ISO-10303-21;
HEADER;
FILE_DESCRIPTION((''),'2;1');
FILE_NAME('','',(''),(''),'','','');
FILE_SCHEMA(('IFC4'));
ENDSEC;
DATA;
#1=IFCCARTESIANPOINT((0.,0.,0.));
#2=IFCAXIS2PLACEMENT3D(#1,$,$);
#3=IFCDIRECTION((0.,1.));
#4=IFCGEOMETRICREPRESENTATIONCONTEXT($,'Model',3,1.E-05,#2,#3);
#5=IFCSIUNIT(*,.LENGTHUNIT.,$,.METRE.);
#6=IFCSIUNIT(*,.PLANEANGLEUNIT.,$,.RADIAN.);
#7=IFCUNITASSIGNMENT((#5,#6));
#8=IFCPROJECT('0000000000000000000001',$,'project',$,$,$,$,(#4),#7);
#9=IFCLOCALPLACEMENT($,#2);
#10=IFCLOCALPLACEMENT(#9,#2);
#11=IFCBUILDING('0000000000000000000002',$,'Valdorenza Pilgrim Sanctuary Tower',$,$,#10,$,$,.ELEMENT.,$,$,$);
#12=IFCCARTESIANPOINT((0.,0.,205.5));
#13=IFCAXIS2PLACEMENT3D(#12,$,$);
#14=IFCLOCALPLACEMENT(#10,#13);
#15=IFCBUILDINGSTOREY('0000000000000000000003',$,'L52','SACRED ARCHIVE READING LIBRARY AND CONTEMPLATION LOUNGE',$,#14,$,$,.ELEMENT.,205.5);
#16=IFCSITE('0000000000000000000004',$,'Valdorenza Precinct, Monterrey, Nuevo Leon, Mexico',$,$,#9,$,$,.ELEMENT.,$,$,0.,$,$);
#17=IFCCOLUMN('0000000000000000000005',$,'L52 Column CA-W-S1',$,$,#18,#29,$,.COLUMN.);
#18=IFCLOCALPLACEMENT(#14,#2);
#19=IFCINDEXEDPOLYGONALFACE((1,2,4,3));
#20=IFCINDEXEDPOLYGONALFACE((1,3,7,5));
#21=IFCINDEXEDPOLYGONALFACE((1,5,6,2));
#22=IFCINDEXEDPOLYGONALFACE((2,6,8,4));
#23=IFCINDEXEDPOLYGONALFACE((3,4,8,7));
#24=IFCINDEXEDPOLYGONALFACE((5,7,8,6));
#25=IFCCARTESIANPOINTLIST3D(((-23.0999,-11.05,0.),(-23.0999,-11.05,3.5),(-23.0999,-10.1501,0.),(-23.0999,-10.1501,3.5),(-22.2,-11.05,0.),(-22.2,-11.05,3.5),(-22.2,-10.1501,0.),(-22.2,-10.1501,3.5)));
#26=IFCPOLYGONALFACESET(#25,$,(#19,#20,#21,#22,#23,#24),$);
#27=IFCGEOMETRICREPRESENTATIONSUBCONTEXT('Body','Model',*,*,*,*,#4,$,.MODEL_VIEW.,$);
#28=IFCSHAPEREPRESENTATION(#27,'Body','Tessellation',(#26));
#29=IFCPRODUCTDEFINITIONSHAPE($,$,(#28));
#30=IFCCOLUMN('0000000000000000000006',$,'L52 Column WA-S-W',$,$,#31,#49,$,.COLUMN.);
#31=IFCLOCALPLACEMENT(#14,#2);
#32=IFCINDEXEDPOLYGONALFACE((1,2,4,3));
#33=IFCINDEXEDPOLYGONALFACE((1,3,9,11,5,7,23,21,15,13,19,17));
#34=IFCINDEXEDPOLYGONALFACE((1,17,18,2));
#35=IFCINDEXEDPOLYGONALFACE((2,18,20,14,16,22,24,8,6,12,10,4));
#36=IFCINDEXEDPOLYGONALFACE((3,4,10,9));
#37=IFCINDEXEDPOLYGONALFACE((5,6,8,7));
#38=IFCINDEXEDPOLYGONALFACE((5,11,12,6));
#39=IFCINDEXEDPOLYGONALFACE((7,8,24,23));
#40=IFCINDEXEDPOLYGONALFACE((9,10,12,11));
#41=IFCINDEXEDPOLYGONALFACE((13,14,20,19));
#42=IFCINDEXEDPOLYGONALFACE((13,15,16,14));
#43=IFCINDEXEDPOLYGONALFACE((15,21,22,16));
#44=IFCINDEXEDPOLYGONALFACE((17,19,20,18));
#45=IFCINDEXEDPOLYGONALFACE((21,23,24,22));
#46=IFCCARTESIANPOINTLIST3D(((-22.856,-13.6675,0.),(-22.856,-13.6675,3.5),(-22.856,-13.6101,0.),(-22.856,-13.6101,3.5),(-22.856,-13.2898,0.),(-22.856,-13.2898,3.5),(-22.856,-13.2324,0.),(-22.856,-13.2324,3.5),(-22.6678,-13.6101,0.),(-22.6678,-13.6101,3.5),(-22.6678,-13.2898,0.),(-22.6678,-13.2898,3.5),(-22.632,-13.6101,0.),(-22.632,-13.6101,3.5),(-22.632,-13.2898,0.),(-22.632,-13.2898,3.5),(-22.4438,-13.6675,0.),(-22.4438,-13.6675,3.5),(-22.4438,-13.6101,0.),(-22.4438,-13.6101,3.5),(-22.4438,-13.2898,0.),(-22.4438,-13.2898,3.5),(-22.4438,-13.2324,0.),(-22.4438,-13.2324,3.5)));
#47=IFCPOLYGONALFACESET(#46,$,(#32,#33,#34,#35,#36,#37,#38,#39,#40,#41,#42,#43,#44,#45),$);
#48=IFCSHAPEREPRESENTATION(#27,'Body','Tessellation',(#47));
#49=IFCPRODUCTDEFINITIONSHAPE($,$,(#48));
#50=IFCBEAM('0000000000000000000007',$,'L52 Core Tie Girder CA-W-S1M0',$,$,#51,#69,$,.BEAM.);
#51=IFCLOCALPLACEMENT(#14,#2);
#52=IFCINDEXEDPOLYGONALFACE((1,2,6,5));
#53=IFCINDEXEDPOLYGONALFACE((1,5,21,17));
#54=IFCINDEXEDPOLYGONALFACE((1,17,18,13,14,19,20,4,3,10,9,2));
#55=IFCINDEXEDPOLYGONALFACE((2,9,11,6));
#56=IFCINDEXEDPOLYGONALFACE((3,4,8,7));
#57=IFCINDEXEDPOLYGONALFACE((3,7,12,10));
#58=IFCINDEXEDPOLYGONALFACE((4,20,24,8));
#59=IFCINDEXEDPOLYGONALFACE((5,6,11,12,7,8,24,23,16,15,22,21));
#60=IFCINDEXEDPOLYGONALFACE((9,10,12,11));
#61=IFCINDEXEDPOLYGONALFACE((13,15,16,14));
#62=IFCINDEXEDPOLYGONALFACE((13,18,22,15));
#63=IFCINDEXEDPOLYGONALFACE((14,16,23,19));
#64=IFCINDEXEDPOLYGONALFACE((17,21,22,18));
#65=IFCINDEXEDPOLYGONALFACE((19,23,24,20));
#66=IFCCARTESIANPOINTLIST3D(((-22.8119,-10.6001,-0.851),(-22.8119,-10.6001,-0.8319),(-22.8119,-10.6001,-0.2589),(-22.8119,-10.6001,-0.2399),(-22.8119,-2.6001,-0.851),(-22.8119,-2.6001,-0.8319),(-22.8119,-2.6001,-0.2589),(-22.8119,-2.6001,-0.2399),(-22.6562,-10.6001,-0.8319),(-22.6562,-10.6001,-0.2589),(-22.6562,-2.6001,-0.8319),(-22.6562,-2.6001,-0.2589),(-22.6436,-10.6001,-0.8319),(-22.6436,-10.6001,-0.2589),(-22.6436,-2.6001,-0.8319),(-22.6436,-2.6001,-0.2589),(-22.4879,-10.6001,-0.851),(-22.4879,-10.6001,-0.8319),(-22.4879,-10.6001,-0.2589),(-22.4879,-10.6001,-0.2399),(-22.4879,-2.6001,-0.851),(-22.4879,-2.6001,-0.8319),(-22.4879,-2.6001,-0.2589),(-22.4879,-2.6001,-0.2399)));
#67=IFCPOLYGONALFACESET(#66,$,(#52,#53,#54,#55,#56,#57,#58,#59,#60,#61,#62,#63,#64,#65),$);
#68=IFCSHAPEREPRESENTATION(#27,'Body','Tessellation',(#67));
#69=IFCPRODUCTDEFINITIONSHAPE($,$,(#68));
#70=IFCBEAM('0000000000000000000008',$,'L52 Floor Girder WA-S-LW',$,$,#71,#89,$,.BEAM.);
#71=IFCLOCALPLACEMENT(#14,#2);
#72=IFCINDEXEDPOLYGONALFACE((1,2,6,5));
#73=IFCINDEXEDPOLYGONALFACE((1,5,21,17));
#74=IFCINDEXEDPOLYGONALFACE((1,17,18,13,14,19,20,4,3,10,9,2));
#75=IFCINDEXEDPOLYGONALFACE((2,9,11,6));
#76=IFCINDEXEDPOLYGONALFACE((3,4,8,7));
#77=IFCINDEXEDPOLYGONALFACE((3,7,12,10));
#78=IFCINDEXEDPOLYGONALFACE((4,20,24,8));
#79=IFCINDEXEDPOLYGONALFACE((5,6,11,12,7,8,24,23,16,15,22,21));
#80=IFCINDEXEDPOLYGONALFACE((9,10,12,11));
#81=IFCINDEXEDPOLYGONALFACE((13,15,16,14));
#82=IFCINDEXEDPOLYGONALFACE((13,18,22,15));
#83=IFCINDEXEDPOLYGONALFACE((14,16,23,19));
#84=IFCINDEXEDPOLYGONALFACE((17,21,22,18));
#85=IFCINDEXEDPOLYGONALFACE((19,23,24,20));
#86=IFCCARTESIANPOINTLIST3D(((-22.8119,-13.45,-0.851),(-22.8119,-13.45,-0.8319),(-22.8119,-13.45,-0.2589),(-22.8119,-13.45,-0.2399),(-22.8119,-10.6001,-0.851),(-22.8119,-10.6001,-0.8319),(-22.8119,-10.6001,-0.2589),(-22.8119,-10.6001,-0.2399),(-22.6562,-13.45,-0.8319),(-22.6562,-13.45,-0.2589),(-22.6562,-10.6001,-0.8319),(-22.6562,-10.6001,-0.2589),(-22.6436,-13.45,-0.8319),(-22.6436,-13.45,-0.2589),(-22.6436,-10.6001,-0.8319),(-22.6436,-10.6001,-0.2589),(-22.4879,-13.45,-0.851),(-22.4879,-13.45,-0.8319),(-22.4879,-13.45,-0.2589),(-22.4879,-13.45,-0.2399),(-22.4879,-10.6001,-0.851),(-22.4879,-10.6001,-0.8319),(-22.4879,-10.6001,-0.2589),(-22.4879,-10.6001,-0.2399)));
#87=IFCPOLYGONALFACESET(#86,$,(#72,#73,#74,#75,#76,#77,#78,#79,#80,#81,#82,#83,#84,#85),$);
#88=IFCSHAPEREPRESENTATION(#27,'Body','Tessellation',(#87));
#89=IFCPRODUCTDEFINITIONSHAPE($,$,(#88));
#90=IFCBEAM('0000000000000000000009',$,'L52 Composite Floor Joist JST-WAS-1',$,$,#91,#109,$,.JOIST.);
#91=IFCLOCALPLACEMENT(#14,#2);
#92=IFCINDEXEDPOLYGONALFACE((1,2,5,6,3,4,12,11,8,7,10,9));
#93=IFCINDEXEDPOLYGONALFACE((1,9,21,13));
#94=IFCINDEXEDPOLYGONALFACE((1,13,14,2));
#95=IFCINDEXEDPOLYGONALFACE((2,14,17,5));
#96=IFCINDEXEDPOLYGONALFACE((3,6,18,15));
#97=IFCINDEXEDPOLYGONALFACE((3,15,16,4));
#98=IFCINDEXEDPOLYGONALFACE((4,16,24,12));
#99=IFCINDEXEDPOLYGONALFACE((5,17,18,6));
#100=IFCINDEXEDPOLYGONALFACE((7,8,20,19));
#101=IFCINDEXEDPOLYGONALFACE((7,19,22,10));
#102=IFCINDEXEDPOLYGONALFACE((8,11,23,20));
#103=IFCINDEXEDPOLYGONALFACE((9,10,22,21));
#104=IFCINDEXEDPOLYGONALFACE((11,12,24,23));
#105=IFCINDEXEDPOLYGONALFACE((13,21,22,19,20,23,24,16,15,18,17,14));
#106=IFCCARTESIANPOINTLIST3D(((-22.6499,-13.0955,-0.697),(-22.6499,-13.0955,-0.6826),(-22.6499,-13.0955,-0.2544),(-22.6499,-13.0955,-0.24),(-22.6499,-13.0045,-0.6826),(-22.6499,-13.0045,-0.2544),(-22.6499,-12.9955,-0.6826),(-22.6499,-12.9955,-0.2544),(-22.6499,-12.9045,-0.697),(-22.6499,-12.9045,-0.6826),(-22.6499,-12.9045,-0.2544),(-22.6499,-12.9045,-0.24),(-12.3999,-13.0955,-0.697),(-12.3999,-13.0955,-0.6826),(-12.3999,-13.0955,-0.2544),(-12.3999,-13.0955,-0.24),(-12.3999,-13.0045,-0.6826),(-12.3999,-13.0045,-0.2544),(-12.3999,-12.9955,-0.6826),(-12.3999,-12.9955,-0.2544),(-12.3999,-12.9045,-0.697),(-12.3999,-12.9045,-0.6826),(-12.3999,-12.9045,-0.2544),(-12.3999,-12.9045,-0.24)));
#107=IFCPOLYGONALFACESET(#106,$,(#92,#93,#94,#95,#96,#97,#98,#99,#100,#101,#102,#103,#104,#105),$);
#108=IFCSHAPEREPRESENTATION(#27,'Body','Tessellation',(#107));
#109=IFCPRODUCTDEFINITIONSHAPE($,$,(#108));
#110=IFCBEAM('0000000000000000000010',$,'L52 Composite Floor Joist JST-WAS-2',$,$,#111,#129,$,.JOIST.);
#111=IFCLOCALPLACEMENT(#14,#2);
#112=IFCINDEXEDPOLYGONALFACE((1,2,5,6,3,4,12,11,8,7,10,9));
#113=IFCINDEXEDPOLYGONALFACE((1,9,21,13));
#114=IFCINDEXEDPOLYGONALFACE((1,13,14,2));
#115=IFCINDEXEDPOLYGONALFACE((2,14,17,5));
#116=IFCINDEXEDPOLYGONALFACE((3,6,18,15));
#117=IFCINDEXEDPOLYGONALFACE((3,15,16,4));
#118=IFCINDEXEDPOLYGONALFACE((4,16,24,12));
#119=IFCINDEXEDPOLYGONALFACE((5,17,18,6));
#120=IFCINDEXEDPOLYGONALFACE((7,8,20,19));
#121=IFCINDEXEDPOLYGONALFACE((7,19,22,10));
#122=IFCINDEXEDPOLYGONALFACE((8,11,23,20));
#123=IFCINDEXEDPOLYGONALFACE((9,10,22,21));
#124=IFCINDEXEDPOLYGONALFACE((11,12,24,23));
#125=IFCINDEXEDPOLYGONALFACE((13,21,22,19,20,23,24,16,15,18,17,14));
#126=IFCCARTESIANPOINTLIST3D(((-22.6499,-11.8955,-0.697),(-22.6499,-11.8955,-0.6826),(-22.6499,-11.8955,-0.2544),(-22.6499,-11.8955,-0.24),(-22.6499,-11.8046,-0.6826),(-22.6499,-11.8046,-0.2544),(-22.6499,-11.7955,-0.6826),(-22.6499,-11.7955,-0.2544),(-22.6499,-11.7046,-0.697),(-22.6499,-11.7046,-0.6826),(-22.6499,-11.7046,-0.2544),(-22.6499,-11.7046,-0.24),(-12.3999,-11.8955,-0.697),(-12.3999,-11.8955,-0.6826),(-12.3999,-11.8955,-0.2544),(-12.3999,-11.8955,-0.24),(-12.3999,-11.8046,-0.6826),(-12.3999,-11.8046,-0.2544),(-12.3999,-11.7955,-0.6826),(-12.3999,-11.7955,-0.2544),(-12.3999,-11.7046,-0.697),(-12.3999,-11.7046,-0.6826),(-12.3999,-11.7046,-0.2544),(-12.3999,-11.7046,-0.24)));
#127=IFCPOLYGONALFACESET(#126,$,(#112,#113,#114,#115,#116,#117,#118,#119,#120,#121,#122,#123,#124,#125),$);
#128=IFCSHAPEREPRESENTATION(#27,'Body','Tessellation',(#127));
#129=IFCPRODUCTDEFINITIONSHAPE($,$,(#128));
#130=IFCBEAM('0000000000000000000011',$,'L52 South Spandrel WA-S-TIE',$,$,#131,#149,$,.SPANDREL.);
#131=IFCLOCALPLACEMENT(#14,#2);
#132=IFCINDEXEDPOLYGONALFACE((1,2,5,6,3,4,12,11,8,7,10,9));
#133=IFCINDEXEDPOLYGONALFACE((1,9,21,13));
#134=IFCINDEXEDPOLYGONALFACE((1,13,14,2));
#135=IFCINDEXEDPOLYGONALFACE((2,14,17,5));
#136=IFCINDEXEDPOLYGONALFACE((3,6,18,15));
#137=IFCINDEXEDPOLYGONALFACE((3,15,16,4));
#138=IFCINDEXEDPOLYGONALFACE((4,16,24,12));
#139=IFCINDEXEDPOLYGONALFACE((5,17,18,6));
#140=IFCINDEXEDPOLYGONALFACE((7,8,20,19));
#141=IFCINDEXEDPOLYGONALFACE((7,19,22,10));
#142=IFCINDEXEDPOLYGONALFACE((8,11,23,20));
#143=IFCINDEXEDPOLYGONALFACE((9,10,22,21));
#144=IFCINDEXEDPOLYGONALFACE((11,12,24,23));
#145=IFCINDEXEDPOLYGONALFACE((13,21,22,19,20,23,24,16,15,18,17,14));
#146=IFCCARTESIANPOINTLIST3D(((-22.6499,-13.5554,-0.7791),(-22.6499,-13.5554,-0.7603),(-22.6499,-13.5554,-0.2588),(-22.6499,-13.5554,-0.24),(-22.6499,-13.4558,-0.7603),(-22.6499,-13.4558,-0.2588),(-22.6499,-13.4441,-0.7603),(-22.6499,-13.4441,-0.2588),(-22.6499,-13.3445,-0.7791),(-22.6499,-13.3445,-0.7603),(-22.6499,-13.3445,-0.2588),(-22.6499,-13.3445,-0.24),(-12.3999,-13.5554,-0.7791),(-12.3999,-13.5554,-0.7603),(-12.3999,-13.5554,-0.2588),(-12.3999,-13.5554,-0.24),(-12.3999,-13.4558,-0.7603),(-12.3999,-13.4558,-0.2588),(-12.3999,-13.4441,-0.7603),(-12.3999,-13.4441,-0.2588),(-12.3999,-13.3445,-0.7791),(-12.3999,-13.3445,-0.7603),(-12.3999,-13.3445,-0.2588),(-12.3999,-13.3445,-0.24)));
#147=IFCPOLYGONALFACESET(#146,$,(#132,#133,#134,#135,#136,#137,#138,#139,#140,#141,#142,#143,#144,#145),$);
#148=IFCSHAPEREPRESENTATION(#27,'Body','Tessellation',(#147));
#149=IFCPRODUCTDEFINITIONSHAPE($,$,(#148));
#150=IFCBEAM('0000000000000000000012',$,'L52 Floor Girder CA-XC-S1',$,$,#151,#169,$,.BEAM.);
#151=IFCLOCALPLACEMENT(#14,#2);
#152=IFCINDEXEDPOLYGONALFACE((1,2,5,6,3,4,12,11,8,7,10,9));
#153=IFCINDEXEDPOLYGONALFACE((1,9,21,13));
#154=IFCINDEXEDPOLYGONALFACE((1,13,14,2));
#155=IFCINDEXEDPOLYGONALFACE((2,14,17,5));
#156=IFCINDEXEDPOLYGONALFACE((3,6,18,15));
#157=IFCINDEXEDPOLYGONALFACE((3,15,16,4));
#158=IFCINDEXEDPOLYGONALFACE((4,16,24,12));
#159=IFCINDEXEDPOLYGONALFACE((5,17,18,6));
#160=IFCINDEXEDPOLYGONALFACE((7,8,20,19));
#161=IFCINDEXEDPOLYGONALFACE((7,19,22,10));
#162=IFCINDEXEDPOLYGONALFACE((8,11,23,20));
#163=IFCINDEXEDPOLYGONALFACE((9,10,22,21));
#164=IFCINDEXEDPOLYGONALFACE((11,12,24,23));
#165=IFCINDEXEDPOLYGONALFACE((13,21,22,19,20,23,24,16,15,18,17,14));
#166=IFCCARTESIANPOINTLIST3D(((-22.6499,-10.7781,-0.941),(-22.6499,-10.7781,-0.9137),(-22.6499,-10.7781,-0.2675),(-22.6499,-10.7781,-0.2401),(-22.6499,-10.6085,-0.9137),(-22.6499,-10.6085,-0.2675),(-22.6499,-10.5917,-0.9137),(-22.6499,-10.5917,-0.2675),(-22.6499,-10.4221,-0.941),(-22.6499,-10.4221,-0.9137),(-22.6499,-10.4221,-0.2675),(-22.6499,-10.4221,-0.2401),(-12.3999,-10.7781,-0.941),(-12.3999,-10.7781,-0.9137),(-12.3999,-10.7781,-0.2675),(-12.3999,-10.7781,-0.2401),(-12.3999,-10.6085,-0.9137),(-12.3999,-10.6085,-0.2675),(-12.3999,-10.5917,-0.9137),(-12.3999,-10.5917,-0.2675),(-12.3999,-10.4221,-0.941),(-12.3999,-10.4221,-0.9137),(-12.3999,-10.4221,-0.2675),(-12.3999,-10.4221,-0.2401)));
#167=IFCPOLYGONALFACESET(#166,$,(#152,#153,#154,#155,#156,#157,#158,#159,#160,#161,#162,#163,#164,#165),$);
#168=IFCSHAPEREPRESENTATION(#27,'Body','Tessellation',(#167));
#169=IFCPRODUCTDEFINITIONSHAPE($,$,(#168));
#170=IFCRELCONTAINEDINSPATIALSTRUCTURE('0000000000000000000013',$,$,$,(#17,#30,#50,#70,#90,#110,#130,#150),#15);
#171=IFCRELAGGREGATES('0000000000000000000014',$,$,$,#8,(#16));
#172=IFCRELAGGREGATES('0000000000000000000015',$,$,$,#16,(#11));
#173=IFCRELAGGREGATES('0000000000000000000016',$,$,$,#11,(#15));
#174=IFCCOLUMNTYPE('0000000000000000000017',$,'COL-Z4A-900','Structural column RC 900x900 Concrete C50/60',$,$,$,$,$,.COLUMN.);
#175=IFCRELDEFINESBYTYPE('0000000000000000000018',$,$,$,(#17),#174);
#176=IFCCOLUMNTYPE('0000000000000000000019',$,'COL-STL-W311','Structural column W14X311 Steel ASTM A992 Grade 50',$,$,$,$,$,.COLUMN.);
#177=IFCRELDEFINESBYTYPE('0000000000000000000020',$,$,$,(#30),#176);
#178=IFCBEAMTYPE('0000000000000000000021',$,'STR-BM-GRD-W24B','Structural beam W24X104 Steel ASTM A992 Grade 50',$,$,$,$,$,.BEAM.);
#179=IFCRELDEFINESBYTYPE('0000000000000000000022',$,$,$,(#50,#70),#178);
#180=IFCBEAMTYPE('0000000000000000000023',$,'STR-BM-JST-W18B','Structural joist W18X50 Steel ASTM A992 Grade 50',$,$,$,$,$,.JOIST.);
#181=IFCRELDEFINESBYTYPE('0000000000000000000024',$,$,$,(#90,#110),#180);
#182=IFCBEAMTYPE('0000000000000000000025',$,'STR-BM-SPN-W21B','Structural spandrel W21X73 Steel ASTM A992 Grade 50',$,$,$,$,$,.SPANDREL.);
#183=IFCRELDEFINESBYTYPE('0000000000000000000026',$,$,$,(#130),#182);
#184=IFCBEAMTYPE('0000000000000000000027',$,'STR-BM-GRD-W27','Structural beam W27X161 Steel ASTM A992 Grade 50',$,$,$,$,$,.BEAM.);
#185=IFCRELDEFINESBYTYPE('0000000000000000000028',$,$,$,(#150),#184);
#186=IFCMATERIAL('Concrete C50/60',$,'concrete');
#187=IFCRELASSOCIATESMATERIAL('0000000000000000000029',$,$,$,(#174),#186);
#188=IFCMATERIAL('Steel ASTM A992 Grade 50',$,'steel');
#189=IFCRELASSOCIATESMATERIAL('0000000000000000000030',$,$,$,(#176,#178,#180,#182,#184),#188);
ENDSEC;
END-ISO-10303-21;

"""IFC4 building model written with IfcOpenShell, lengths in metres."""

from ifc_helpers import new_model, si_unit, direction, frame, origin, origin_2d, place, context, subcontext, project, spatial, rectangle, i_section, extrude, source, transform, mapped, material, material_profile, profile_set, type_object, element, save


model = new_model("IFC4")

# Units and contexts
model_context = context("Model", 3, precision=1e-05, world=origin(), true_north=direction((0.0, 1.0)))
body_context = subcontext(model_context, "Body", "Model", "MODEL_VIEW")
ifc_project = project(units=[si_unit("LENGTHUNIT", "METRE"), si_unit("PLANEANGLEUNIT", "RADIAN")], contexts=[model_context])

# Site, building, storey
site_placement = place(None, origin())
site = spatial("IfcSite", under=ifc_project, at=site_placement, Name="Valdorenza Precinct, Monterrey, Nuevo Leon, Mexico", CompositionType="ELEMENT", RefElevation=0.0)
building_placement = place(site_placement, origin())
building = spatial("IfcBuilding", under=site, at=building_placement, Name="Valdorenza Pilgrim Sanctuary Tower", CompositionType="ELEMENT")
storey_placement = place(building_placement, frame((0.0, 0.0, 205.5)))
storey = spatial("IfcBuildingStorey", under=building, at=storey_placement, Name="L52", Description="SACRED ARCHIVE READING LIBRARY AND CONTEMPLATION LOUNGE", CompositionType="ELEMENT", Elevation=205.5)

# Columns
ifc_material_1 = material(Name="Concrete C50/60", Category="concrete")
ifc_material_profile_1 = material_profile(ifc_material_1, rectangle(XDim=0.8999, YDim=0.8999, at=origin_2d()), Name="RC 900x900")
ifc_profile_set_1 = profile_set([ifc_material_profile_1], Name="Concrete C50/60")
column_type_1 = type_object("IfcColumnType", Name="COL-Z4A-900", Description="Structural column RC 900x900 Concrete C50/60", PredefinedType="COLUMN", material=ifc_profile_set_1)
shared_shape_1 = source(origin(), body_context, "Body", "SweptSolid", [
    extrude(rectangle(XDim=0.8999, YDim=0.8999, at=origin_2d()), origin(), (0.0, 0.0, 1.0), 3.5),
])
column_1_placement = place(storey_placement, frame((-22.6499, -10.6001, 0.0), z_axis=(0.0, 0.0, 1.0), x_axis=(1.0, 0.0, 0.0)))
element("IfcColumn", 1, at=column_1_placement, inside=storey, type_object=column_type_1, Name="L52 Column CA-W-S1", PredefinedType="COLUMN", context=body_context, shape_type="MappedRepresentation", body=[
    mapped(shared_shape_1, transform((0.0, 0.0, 0.0), x_axis=(1.0, 0.0, 0.0), y_axis=(0.0, 1.0, 0.0), z_axis=(0.0, 0.0, 1.0), scale=1.0)),
])
ifc_material_2 = material(Name="Steel ASTM A992 Grade 50", Category="steel")
ifc_material_profile_2 = material_profile(ifc_material_2, i_section(OverallWidth=0.4121, OverallDepth=0.4351, WebThickness=0.0359, FlangeThickness=0.0574, at=origin_2d()), Name="W14X311")
ifc_profile_set_2 = profile_set([ifc_material_profile_2], Name="Steel ASTM A992 Grade 50")
column_type_2 = type_object("IfcColumnType", Name="COL-STL-W311", Description="Structural column W14X311 Steel ASTM A992 Grade 50", PredefinedType="COLUMN", material=ifc_profile_set_2)
shared_shape_2 = source(origin(), body_context, "Body", "SweptSolid", [
    extrude(i_section(OverallWidth=0.4121, OverallDepth=0.4351, WebThickness=0.0359, FlangeThickness=0.0574, at=origin_2d()), origin(), (0.0, 0.0, 1.0), 3.5),
])
column_2_placement = place(storey_placement, frame((-22.6499, -13.45, 0.0), z_axis=(0.0, 0.0, 1.0), x_axis=(1.0, 0.0, 0.0)))
element("IfcColumn", 2, at=column_2_placement, inside=storey, type_object=column_type_2, Name="L52 Column WA-S-W", PredefinedType="COLUMN", context=body_context, shape_type="MappedRepresentation", body=[
    mapped(shared_shape_2, transform((0.0, 0.0, 0.0), x_axis=(1.0, 0.0, 0.0), y_axis=(0.0, 1.0, 0.0), z_axis=(0.0, 0.0, 1.0), scale=1.0)),
])

# Beams
ifc_material_profile_3 = material_profile(ifc_material_2, i_section(OverallWidth=0.324, OverallDepth=0.6111, WebThickness=0.0127, FlangeThickness=0.019, at=origin_2d()), Name="W24X104")
ifc_profile_set_3 = profile_set([ifc_material_profile_3], Name="Steel ASTM A992 Grade 50")
beam_type_1 = type_object("IfcBeamType", Name="STR-BM-GRD-W24B", Description="Structural beam W24X104 Steel ASTM A992 Grade 50", PredefinedType="BEAM", material=ifc_profile_set_3)
shared_shape_3 = source(origin(), body_context, "Body", "SweptSolid", [
    extrude(i_section(OverallWidth=0.324, OverallDepth=0.6111, WebThickness=0.0127, FlangeThickness=0.019, at=origin_2d()), origin(), (0.0, 0.0, 1.0), 8.0),
])
beam_1_placement = place(storey_placement, frame((-22.6499, -10.6001, -0.5454), z_axis=(0.0, 1.0, 0.0), x_axis=(-1.0, 0.0, 0.0)))
element("IfcBeam", 3, at=beam_1_placement, inside=storey, type_object=beam_type_1, Name="L52 Core Tie Girder CA-W-S1M0", PredefinedType="BEAM", context=body_context, shape_type="MappedRepresentation", body=[
    mapped(shared_shape_3, transform((0.0, 0.0, 0.0), x_axis=(1.0, 0.0, 0.0), y_axis=(0.0, 1.0, 0.0), z_axis=(0.0, 0.0, 1.0), scale=1.0)),
])
shared_shape_4 = source(origin(), body_context, "Body", "SweptSolid", [
    extrude(i_section(OverallWidth=0.324, OverallDepth=0.6111, WebThickness=0.0127, FlangeThickness=0.019, at=origin_2d()), origin(), (0.0, 0.0, 1.0), 2.8499),
])
beam_2_placement = place(storey_placement, frame((-22.6499, -13.45, -0.5454), z_axis=(0.0, 1.0, 0.0), x_axis=(-1.0, 0.0, 0.0)))
element("IfcBeam", 4, at=beam_2_placement, inside=storey, type_object=beam_type_1, Name="L52 Floor Girder WA-S-LW", PredefinedType="BEAM", context=body_context, shape_type="MappedRepresentation", body=[
    mapped(shared_shape_4, transform((0.0, 0.0, 0.0), x_axis=(1.0, 0.0, 0.0), y_axis=(0.0, 1.0, 0.0), z_axis=(0.0, 0.0, 1.0), scale=1.0)),
])
ifc_material_profile_4 = material_profile(ifc_material_2, i_section(OverallWidth=0.1909, OverallDepth=0.457, WebThickness=0.009, FlangeThickness=0.0144, at=origin_2d()), Name="W18X50")
ifc_profile_set_4 = profile_set([ifc_material_profile_4], Name="Steel ASTM A992 Grade 50")
beam_type_2 = type_object("IfcBeamType", Name="STR-BM-JST-W18B", Description="Structural joist W18X50 Steel ASTM A992 Grade 50", PredefinedType="JOIST", material=ifc_profile_set_4)
shared_shape_5 = source(origin(), body_context, "Body", "SweptSolid", [
    extrude(i_section(OverallWidth=0.1909, OverallDepth=0.457, WebThickness=0.009, FlangeThickness=0.0144, at=origin_2d()), origin(), (0.0, 0.0, 1.0), 10.25),
])
for number, where, z_axis, x_axis, name in (
    (5, (-22.6499, -13.0, -0.4685), (1.0, 0.0, 0.0), (0.0, 1.0, 0.0), "L52 Composite Floor Joist JST-WAS-1"),
    (6, (-22.6499, -11.8, -0.4685), (1.0, 0.0, 0.0), (0.0, 1.0, 0.0), "L52 Composite Floor Joist JST-WAS-2"),
):
    element("IfcBeam", number, at=place(storey_placement, frame(where, z_axis=z_axis, x_axis=x_axis)), inside=storey, type_object=beam_type_2, Name=name, PredefinedType="JOIST", context=body_context, shape_type="MappedRepresentation", body=[
        mapped(shared_shape_5, transform((0.0, 0.0, 0.0), x_axis=(1.0, 0.0, 0.0), y_axis=(0.0, 1.0, 0.0), z_axis=(0.0, 0.0, 1.0), scale=1.0)),
    ])
ifc_material_profile_5 = material_profile(ifc_material_2, i_section(OverallWidth=0.2109, OverallDepth=0.5391, WebThickness=0.0117, FlangeThickness=0.0188, at=origin_2d()), Name="W21X73")
ifc_profile_set_5 = profile_set([ifc_material_profile_5], Name="Steel ASTM A992 Grade 50")
beam_type_3 = type_object("IfcBeamType", Name="STR-BM-SPN-W21B", Description="Structural spandrel W21X73 Steel ASTM A992 Grade 50", PredefinedType="SPANDREL", material=ifc_profile_set_5)
shared_shape_6 = source(origin(), body_context, "Body", "SweptSolid", [
    extrude(i_section(OverallWidth=0.2109, OverallDepth=0.5391, WebThickness=0.0117, FlangeThickness=0.0188, at=origin_2d()), origin(), (0.0, 0.0, 1.0), 10.25),
])
beam_3_placement = place(storey_placement, frame((-22.6499, -13.45, -0.5095), z_axis=(1.0, 0.0, 0.0), x_axis=(0.0, 1.0, 0.0)))
element("IfcBeam", 7, at=beam_3_placement, inside=storey, type_object=beam_type_3, Name="L52 South Spandrel WA-S-TIE", PredefinedType="SPANDREL", context=body_context, shape_type="MappedRepresentation", body=[
    mapped(shared_shape_6, transform((0.0, 0.0, 0.0), x_axis=(1.0, 0.0, 0.0), y_axis=(0.0, 1.0, 0.0), z_axis=(0.0, 0.0, 1.0), scale=1.0)),
])
ifc_material_profile_6 = material_profile(ifc_material_2, i_section(OverallWidth=0.356, OverallDepth=0.7009, WebThickness=0.0168, FlangeThickness=0.0273, at=origin_2d()), Name="W27X161")
ifc_profile_set_6 = profile_set([ifc_material_profile_6], Name="Steel ASTM A992 Grade 50")
beam_type_4 = type_object("IfcBeamType", Name="STR-BM-GRD-W27", Description="Structural beam W27X161 Steel ASTM A992 Grade 50", PredefinedType="BEAM", material=ifc_profile_set_6)
shared_shape_7 = source(origin(), body_context, "Body", "SweptSolid", [
    extrude(i_section(OverallWidth=0.356, OverallDepth=0.7009, WebThickness=0.0168, FlangeThickness=0.0273, at=origin_2d()), origin(), (0.0, 0.0, 1.0), 10.25),
])
beam_4_placement = place(storey_placement, frame((-22.6499, -10.6001, -0.5906), z_axis=(1.0, 0.0, 0.0), x_axis=(0.0, 1.0, 0.0)))
element("IfcBeam", 8, at=beam_4_placement, inside=storey, type_object=beam_type_4, Name="L52 Floor Girder CA-XC-S1", PredefinedType="BEAM", context=body_context, shape_type="MappedRepresentation", body=[
    mapped(shared_shape_7, transform((0.0, 0.0, 0.0), x_axis=(1.0, 0.0, 0.0), y_axis=(0.0, 1.0, 0.0), z_axis=(0.0, 0.0, 1.0), scale=1.0)),
])

save(model, "model.ifc")
